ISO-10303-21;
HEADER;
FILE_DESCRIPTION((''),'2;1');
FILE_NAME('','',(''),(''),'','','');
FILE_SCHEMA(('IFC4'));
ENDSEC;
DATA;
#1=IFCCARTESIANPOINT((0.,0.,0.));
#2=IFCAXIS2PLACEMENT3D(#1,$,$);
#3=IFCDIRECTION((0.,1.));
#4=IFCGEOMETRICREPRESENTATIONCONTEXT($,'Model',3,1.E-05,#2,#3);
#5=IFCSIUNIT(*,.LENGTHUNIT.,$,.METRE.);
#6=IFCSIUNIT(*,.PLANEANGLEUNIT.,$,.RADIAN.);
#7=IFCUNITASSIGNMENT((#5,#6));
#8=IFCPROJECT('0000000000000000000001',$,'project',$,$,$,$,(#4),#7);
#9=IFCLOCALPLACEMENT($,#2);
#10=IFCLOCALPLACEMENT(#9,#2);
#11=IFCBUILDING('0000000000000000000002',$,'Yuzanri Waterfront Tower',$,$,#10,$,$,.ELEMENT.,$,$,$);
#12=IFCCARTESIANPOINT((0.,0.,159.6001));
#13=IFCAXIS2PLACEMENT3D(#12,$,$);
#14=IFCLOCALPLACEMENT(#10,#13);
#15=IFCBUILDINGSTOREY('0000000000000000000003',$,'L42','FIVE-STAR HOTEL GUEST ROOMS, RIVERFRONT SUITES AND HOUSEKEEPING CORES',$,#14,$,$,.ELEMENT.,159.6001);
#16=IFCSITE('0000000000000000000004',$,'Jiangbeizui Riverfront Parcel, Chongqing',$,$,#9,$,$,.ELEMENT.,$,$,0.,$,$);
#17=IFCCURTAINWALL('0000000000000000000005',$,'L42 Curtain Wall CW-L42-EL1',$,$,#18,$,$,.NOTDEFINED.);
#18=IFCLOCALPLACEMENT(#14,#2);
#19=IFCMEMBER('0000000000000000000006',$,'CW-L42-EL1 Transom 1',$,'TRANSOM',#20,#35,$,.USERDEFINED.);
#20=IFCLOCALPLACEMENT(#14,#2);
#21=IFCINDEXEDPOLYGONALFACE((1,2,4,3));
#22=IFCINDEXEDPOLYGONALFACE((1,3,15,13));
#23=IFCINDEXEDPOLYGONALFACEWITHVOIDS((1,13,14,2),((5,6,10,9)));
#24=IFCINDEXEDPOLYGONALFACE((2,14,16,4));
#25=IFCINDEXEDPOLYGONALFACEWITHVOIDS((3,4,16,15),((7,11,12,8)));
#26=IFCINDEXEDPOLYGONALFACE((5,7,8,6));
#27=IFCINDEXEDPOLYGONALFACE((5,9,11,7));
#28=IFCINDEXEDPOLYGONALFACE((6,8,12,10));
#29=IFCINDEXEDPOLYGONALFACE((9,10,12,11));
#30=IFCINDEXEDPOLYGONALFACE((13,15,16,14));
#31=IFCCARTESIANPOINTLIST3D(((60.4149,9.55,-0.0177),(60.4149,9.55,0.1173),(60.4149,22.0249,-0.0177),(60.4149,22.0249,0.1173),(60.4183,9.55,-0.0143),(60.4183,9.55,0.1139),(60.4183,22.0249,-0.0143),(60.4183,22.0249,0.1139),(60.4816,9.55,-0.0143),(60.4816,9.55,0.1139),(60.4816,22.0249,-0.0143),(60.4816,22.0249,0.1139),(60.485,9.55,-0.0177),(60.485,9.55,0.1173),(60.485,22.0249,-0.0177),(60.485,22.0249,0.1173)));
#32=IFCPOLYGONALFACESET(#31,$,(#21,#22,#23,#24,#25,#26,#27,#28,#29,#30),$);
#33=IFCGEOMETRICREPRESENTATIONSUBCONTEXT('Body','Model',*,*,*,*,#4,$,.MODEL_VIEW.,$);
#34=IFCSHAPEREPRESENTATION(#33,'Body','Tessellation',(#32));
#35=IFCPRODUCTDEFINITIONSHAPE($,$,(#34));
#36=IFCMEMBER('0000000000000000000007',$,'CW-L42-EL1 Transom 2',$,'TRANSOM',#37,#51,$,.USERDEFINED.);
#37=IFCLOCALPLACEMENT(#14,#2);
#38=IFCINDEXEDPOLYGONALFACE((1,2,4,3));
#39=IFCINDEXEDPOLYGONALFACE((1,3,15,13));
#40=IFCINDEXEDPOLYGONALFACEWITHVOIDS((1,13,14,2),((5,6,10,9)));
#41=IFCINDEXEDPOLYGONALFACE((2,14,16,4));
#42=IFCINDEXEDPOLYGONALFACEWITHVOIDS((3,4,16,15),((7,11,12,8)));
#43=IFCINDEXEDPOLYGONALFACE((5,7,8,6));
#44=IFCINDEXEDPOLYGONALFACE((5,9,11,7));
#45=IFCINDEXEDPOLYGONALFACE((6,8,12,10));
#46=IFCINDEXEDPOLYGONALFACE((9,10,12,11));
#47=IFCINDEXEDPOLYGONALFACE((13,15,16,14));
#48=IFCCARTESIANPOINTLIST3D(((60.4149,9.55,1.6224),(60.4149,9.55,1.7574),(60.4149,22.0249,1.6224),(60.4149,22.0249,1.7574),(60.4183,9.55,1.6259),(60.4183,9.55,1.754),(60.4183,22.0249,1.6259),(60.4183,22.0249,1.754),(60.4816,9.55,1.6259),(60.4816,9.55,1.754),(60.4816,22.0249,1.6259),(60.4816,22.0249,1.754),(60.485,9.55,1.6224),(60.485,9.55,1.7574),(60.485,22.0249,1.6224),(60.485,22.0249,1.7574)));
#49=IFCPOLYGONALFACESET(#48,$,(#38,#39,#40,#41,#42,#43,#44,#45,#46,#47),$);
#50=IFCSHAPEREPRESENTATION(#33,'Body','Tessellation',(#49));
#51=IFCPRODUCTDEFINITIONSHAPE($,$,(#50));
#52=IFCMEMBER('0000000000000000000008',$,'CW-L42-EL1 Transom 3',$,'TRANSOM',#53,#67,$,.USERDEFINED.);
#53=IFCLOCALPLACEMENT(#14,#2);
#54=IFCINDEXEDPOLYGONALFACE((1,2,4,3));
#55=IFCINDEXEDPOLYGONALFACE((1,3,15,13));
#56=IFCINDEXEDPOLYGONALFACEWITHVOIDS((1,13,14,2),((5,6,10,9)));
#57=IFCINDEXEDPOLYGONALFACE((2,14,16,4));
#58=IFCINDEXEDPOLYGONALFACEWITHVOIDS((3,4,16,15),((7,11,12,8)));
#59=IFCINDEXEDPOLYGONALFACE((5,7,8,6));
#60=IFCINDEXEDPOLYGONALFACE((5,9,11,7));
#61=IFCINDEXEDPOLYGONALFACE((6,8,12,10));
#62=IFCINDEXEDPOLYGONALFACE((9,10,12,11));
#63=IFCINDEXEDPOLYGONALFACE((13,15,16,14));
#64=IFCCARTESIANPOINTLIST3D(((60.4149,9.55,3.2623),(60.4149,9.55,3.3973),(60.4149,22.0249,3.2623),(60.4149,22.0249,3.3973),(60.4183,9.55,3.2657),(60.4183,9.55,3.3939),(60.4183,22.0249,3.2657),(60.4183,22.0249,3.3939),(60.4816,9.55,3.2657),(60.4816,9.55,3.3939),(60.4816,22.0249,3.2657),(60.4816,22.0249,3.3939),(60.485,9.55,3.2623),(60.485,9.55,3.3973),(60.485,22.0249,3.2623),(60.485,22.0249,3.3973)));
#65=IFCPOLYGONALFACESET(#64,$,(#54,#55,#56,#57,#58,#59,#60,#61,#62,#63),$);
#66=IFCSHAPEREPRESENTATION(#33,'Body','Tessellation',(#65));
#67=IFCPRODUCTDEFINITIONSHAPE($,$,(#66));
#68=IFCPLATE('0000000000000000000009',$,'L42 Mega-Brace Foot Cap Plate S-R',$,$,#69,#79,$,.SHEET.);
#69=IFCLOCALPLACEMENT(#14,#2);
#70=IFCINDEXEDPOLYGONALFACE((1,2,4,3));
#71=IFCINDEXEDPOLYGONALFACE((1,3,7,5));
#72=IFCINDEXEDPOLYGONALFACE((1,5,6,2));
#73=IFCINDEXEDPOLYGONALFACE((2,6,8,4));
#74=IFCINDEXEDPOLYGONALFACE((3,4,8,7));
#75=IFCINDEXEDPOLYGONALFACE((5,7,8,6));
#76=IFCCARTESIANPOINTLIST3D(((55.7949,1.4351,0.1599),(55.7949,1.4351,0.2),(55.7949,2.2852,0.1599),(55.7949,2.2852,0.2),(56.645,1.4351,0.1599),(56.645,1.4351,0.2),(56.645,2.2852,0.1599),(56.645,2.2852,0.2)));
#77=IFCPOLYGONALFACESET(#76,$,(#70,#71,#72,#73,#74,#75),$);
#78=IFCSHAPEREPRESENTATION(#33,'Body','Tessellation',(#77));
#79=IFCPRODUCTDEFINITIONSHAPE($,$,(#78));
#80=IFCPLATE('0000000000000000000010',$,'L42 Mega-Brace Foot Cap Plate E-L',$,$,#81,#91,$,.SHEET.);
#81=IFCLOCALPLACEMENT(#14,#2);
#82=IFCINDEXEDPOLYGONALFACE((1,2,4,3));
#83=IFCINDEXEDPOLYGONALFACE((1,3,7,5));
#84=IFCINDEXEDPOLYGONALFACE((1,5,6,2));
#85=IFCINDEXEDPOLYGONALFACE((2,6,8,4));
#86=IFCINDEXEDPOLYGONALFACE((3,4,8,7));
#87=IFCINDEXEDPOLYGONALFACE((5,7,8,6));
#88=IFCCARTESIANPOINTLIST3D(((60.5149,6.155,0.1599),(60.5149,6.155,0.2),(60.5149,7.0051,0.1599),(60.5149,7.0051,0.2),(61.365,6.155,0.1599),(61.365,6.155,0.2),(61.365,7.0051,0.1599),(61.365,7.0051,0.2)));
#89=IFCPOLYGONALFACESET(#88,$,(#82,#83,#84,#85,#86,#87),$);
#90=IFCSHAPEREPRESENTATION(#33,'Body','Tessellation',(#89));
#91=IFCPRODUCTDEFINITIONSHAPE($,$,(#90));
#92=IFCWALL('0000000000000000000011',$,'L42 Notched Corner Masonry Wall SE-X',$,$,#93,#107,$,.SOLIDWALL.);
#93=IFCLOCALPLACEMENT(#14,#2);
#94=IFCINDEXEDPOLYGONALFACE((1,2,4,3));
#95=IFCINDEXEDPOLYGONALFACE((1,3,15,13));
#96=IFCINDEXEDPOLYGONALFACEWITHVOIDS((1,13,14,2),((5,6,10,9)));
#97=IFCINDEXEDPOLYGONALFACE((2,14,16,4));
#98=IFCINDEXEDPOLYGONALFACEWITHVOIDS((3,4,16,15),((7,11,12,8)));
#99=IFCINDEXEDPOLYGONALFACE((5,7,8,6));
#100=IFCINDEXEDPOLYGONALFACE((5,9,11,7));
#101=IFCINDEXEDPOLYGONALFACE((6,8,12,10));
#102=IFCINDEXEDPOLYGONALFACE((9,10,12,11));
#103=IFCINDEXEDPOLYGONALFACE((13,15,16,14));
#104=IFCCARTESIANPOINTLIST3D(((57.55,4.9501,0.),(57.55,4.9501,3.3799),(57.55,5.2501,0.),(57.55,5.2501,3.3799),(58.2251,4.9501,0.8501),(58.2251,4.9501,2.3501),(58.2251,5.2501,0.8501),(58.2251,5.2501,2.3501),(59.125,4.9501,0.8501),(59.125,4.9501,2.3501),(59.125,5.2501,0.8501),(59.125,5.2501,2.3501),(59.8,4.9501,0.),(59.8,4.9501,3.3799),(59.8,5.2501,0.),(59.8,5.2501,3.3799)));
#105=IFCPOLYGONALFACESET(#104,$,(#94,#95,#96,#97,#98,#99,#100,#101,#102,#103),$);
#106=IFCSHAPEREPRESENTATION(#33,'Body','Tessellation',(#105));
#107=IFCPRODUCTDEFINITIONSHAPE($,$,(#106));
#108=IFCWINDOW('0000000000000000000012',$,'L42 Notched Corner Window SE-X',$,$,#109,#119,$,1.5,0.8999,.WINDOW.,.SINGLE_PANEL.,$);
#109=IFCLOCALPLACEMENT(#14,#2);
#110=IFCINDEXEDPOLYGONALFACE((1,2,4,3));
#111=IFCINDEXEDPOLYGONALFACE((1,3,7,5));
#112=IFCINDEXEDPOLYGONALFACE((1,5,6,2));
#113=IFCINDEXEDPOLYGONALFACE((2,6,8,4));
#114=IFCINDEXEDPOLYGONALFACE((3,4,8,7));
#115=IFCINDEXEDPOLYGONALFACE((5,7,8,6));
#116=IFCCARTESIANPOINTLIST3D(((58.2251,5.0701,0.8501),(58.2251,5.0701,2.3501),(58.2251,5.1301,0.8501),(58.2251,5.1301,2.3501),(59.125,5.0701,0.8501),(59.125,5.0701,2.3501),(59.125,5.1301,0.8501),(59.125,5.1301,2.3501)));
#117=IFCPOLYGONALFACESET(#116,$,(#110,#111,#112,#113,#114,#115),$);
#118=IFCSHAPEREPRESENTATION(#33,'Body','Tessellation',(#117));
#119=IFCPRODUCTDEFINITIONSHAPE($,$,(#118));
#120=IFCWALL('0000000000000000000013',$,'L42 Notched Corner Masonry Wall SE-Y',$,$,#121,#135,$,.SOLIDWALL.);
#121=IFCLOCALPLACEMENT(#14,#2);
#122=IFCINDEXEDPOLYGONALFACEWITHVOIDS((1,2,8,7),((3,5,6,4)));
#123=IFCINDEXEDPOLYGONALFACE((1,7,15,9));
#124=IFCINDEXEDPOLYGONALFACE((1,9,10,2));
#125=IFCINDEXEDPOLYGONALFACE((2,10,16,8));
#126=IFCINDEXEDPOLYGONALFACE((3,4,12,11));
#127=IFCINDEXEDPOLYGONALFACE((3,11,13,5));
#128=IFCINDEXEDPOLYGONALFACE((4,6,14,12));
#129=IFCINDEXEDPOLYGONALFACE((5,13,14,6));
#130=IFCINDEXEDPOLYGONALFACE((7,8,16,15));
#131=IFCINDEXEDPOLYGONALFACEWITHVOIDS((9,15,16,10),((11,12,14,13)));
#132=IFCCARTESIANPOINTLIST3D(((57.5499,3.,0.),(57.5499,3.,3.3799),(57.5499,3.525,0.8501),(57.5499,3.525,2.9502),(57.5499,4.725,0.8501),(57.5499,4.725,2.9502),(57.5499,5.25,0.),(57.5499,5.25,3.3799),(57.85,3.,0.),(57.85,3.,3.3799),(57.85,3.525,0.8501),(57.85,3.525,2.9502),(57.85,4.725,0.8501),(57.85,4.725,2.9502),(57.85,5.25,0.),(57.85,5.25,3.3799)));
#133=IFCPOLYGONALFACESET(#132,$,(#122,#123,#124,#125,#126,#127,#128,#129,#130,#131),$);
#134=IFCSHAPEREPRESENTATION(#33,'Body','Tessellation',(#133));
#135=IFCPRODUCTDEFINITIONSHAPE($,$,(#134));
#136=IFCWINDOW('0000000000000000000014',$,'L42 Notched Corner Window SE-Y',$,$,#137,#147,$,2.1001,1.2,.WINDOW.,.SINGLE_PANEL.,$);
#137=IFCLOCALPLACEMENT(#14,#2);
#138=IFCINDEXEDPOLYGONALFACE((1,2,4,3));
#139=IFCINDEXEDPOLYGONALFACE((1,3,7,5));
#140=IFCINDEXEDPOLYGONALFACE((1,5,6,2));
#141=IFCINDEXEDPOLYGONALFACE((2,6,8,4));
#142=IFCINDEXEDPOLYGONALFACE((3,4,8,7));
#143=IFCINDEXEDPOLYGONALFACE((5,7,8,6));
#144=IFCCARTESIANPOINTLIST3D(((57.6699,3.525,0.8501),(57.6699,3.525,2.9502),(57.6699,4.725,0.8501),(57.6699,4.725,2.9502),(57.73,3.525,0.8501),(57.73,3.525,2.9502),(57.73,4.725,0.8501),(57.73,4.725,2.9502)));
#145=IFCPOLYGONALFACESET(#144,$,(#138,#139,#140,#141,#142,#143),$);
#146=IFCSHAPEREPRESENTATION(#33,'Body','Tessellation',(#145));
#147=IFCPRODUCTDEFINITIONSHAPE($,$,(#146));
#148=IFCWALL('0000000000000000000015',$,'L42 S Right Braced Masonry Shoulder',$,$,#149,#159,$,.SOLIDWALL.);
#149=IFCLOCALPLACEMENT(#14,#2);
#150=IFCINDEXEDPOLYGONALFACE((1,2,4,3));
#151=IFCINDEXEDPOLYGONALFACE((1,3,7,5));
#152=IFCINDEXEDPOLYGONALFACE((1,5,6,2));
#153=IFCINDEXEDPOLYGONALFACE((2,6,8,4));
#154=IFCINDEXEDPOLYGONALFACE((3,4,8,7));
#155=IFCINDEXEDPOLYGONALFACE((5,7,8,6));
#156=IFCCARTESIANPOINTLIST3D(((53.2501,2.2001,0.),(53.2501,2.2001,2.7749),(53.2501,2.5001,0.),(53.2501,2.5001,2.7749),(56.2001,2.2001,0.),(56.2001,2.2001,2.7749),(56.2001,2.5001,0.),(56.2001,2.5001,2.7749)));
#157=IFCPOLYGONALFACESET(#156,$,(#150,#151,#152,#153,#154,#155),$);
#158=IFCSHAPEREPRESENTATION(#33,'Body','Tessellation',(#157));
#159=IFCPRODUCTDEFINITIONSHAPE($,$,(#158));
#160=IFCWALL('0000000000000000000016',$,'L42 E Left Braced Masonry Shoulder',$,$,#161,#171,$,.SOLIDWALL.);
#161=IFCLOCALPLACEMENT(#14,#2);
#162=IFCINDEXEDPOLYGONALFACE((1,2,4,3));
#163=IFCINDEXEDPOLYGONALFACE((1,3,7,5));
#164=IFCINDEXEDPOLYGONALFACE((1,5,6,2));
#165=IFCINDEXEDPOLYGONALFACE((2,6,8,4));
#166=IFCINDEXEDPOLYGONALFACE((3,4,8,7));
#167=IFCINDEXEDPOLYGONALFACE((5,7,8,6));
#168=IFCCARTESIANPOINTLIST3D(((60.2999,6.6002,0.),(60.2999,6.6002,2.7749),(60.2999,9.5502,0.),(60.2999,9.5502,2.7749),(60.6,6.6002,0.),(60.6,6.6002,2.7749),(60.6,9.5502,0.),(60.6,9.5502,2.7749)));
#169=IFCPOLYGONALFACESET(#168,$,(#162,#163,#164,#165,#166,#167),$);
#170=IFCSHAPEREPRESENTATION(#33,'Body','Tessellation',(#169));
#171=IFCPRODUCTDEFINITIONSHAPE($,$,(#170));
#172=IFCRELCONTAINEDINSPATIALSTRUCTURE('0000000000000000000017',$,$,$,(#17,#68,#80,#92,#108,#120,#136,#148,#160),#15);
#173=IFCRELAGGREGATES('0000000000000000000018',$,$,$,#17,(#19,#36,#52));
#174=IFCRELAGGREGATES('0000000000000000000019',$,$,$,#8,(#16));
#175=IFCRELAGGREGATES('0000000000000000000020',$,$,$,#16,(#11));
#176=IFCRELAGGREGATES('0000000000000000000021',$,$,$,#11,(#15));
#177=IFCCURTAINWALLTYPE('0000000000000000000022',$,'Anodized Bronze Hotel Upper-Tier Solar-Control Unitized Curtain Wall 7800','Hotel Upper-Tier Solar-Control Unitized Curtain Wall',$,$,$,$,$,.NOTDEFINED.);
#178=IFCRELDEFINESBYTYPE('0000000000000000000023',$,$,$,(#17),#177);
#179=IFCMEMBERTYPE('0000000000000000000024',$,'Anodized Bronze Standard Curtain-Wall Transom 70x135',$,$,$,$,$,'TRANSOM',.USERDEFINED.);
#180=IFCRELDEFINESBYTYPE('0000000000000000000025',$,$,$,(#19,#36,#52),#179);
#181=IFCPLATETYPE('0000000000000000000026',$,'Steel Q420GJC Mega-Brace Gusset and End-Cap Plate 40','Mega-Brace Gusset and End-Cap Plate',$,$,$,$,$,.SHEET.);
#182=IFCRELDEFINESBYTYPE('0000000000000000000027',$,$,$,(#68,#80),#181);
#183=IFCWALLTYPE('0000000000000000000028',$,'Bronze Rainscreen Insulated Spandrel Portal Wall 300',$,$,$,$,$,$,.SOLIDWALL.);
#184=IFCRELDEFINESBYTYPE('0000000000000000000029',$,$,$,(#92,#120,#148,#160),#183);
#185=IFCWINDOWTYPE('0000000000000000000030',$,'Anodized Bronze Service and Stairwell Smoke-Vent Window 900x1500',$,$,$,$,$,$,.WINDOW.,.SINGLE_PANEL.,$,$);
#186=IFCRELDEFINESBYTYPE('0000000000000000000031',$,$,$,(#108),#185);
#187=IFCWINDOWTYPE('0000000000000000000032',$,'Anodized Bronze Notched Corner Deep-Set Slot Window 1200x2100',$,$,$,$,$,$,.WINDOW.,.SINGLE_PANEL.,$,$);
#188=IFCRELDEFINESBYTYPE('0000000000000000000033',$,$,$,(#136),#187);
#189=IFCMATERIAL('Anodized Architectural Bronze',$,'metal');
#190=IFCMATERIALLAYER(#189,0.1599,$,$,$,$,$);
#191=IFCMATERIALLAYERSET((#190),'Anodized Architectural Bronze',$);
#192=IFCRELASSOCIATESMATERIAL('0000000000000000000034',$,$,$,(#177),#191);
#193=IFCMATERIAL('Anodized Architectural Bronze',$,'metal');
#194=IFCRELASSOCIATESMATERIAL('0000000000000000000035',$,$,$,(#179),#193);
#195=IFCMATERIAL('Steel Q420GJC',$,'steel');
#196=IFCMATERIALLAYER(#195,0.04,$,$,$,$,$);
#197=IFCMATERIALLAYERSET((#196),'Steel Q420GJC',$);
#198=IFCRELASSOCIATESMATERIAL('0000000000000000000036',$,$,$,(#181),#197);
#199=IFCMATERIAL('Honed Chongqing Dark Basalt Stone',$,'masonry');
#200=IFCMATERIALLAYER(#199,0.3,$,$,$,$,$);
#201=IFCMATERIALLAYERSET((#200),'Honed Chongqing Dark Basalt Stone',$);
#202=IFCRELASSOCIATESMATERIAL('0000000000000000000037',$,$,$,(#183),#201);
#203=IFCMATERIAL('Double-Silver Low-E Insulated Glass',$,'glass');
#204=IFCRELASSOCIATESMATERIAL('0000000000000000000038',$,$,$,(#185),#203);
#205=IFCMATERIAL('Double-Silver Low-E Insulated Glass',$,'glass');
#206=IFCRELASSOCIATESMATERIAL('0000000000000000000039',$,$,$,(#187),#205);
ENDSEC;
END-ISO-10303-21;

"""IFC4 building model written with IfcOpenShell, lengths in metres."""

from ifc_helpers import new_model, si_unit, direction, frame, frame_2d, origin, origin_2d, place, context, subcontext, project, spatial, rectangle, hollow_rectangle, extrude, source, transform, mapped, material, layer, layer_set, material_profile, profile_set, type_object, element, fill, aggregate, save


model = new_model("IFC4")

# Units and contexts
model_context = context("Model", 3, precision=1e-05, world=origin(), true_north=direction((0.0, 1.0)))
body_context = subcontext(model_context, "Body", "Model", "MODEL_VIEW")
ifc_project = project(units=[si_unit("LENGTHUNIT", "METRE"), si_unit("PLANEANGLEUNIT", "RADIAN")], contexts=[model_context])

# Site, building, storey
site_placement = place(None, origin())
site = spatial("IfcSite", under=ifc_project, at=site_placement, Name="Jiangbeizui Riverfront Parcel, Chongqing", CompositionType="ELEMENT", RefElevation=0.0)
building_placement = place(site_placement, origin())
building = spatial("IfcBuilding", under=site, at=building_placement, Name="Yuzanri Waterfront Tower", CompositionType="ELEMENT")
storey_placement = place(building_placement, frame((0.0, 0.0, 159.6001)))
storey = spatial("IfcBuildingStorey", under=building, at=storey_placement, Name="L42", Description="FIVE-STAR HOTEL GUEST ROOMS, RIVERFRONT SUITES AND HOUSEKEEPING CORES", CompositionType="ELEMENT", Elevation=159.6001)

# Curtain wall, members
ifc_material_1 = material(Name="Anodized Architectural Bronze", Category="metal")
ifc_layer_1 = layer(ifc_material_1, 0.1599)
ifc_layer_set_1 = layer_set([ifc_layer_1], Name="Anodized Architectural Bronze")
curtain_wall_type = type_object("IfcCurtainWallType", Name="Anodized Bronze Hotel Upper-Tier Solar-Control Unitized Curtain Wall 7800", Description="Hotel Upper-Tier Solar-Control Unitized Curtain Wall", PredefinedType="NOTDEFINED", material=ifc_layer_set_1)
curtain_wall_1_placement = place(storey_placement, origin())
curtain_wall_1 = element("IfcCurtainWall", 1, at=curtain_wall_1_placement, inside=storey, type_object=curtain_wall_type, Name="L42 Curtain Wall CW-L42-EL1", PredefinedType="NOTDEFINED")
ifc_material_2 = material(Name="Anodized Architectural Bronze", Category="metal")
ifc_material_profile_1 = material_profile(ifc_material_2, hollow_rectangle(XDim=0.0701, YDim=0.135, WallThickness=0.0034, at=origin_2d()), Name="CWT 70x135")
ifc_profile_set_1 = profile_set([ifc_material_profile_1], Name="Anodized Architectural Bronze")
member_type_1 = type_object("IfcMemberType", Name="Anodized Bronze Standard Curtain-Wall Transom 70x135", ElementType="TRANSOM", PredefinedType="USERDEFINED", material=ifc_profile_set_1)
shared_shape_1 = source(origin(), body_context, "Body", "SweptSolid", [
    extrude(hollow_rectangle(XDim=0.0701, YDim=0.135, WallThickness=0.0034, at=origin_2d()), origin(), (0.0, 0.0, 1.0), 12.4749),
])
member_1_placement = place(storey_placement, frame((60.45, 9.55, 0.0498), z_axis=(0.0, 1.0, 0.0), x_axis=(-1.0, 0.0, 0.0)))
member_1 = element("IfcMember", 2, at=member_1_placement, type_object=member_type_1, Name="CW-L42-EL1 Transom 1", ObjectType="TRANSOM", PredefinedType="USERDEFINED", context=body_context, shape_type="MappedRepresentation", body=[
    mapped(shared_shape_1, transform((0.0, 0.0, 0.0), scale=1.0)),
])
member_2_placement = place(storey_placement, frame((60.45, 9.55, 1.6899), z_axis=(0.0, 1.0, 0.0), x_axis=(-1.0, 0.0, 0.0)))
member_2 = element("IfcMember", 3, at=member_2_placement, type_object=member_type_1, Name="CW-L42-EL1 Transom 2", ObjectType="TRANSOM", PredefinedType="USERDEFINED", context=body_context, shape_type="MappedRepresentation", body=[
    mapped(shared_shape_1, transform((0.0, 0.0, 0.0), scale=1.0)),
])
member_3_placement = place(storey_placement, frame((60.45, 9.55, 3.3298), z_axis=(0.0, 1.0, 0.0), x_axis=(-1.0, 0.0, 0.0)))
member_3 = element("IfcMember", 4, at=member_3_placement, type_object=member_type_1, Name="CW-L42-EL1 Transom 3", ObjectType="TRANSOM", PredefinedType="USERDEFINED", context=body_context, shape_type="MappedRepresentation", body=[
    mapped(shared_shape_1, transform((0.0, 0.0, 0.0), scale=1.0)),
])
aggregate(curtain_wall_1, [member_1, member_2, member_3])

# Plates
ifc_material_3 = material(Name="Steel Q420GJC", Category="steel")
ifc_layer_2 = layer(ifc_material_3, 0.04)
ifc_layer_set_2 = layer_set([ifc_layer_2], Name="Steel Q420GJC")
plate_type = type_object("IfcPlateType", Name="Steel Q420GJC Mega-Brace Gusset and End-Cap Plate 40", Description="Mega-Brace Gusset and End-Cap Plate", PredefinedType="SHEET", material=ifc_layer_set_2)
shared_shape_2 = source(origin(), body_context, "Body", "SweptSolid", [
    extrude(rectangle(XDim=0.8501, YDim=0.8501, at=origin_2d()), origin(), (0.0, 0.0, 1.0), 0.04),
])
for number, where, z_axis, x_axis, name in (
    (5, (56.22, 1.8601, 0.1599), (0.0, 0.0, 1.0), (1.0, 0.0, 0.0), "L42 Mega-Brace Foot Cap Plate S-R"),
    (6, (60.9399, 6.5801, 0.1599), (0.0, 0.0, 1.0), (1.0, 0.0, 0.0), "L42 Mega-Brace Foot Cap Plate E-L"),
):
    element("IfcPlate", number, at=place(storey_placement, frame(where, z_axis=z_axis, x_axis=x_axis)), inside=storey, type_object=plate_type, Name=name, PredefinedType="SHEET", context=body_context, shape_type="MappedRepresentation", body=[
        mapped(shared_shape_2, transform((0.0, 0.0, 0.0), scale=1.0)),
    ])

# Walls, openings, windows
ifc_material_4 = material(Name="Honed Chongqing Dark Basalt Stone", Category="masonry")
ifc_layer_3 = layer(ifc_material_4, 0.3)
ifc_layer_set_3 = layer_set([ifc_layer_3], Name="Honed Chongqing Dark Basalt Stone")
wall_type_1 = type_object("IfcWallType", Name="Bronze Rainscreen Insulated Spandrel Portal Wall 300", PredefinedType="SOLIDWALL", material=ifc_layer_set_3)
wall_1_placement = place(storey_placement, frame((57.55, 5.1001, 0.0), z_axis=(0.0, 0.0, 1.0), x_axis=(1.0, 0.0, 0.0)))
wall_1 = element("IfcWall", 7, at=wall_1_placement, inside=storey, type_object=wall_type_1, Name="L42 Notched Corner Masonry Wall SE-X", PredefinedType="SOLIDWALL", context=body_context, shape_type="SweptSolid", body=[
    extrude(rectangle(XDim=2.25, YDim=0.3, at=frame_2d((1.125, 0.0))), origin(), (0.0, 0.0, 1.0), 3.3799),
])
opening_1_placement = place(wall_1_placement, frame((0.675, 0.0, 0.8501)))
opening_1 = element("IfcOpeningElement", 8, at=opening_1_placement, cuts=wall_1, PredefinedType="OPENING", context=body_context, shape_type="SweptSolid", body=[
    extrude(rectangle(XDim=0.8999, YDim=1.5, at=frame_2d((0.45, 0.75))), frame((0.0, 0.165, 0.0), z_axis=(0.0, -1.0, 0.0), x_axis=(1.0, 0.0, 0.0)), (0.0, 0.0, 1.0), 0.3298),
])
ifc_material_5 = material(Name="Double-Silver Low-E Insulated Glass", Category="glass")
window_type_1 = type_object("IfcWindowType", Name="Anodized Bronze Service and Stairwell Smoke-Vent Window 900x1500", PartitioningType="SINGLE_PANEL", PredefinedType="WINDOW", material=ifc_material_5)
shared_shape_3 = source(origin(), body_context, "Body", "SweptSolid", [
    extrude(rectangle(XDim=0.8999, YDim=1.5, at=frame_2d((0.45, 0.75))), frame((0.0, 0.03, 0.0), z_axis=(0.0, -1.0, 0.0), x_axis=(1.0, 0.0, 0.0)), (0.0, 0.0, 1.0), 0.0601),
])
window_1_placement = place(opening_1_placement, origin())
window_1 = element("IfcWindow", 9, at=window_1_placement, inside=storey, type_object=window_type_1, Name="L42 Notched Corner Window SE-X", OverallHeight=1.5, OverallWidth=0.8999, PartitioningType="SINGLE_PANEL", PredefinedType="WINDOW", context=body_context, shape_type="MappedRepresentation", body=[
    mapped(shared_shape_3, transform((0.0, 0.0, 0.0), scale=1.0)),
])
fill(opening_1, window_1)
wall_2_placement = place(storey_placement, frame((57.7, 3.0, 0.0), z_axis=(0.0, 0.0, 1.0), x_axis=(0.0, 1.0, 0.0)))
wall_2 = element("IfcWall", 10, at=wall_2_placement, inside=storey, type_object=wall_type_1, Name="L42 Notched Corner Masonry Wall SE-Y", PredefinedType="SOLIDWALL", context=body_context, shape_type="SweptSolid", body=[
    extrude(rectangle(XDim=2.25, YDim=0.3, at=frame_2d((1.125, 0.0))), origin(), (0.0, 0.0, 1.0), 3.3799),
])
opening_2_placement = place(wall_2_placement, frame((0.5249, 0.0, 0.8501)))
opening_2 = element("IfcOpeningElement", 11, at=opening_2_placement, cuts=wall_2, PredefinedType="OPENING", context=body_context, shape_type="SweptSolid", body=[
    extrude(rectangle(XDim=1.2, YDim=2.1001, at=frame_2d((0.6001, 1.05))), frame((0.0, 0.165, 0.0), z_axis=(0.0, -1.0, 0.0), x_axis=(1.0, 0.0, 0.0)), (0.0, 0.0, 1.0), 0.3298),
])
ifc_material_6 = material(Name="Double-Silver Low-E Insulated Glass", Category="glass")
window_type_2 = type_object("IfcWindowType", Name="Anodized Bronze Notched Corner Deep-Set Slot Window 1200x2100", PartitioningType="SINGLE_PANEL", PredefinedType="WINDOW", material=ifc_material_6)
shared_shape_4 = source(origin(), body_context, "Body", "SweptSolid", [
    extrude(rectangle(XDim=1.2, YDim=2.1001, at=frame_2d((0.6001, 1.05))), frame((0.0, 0.03, 0.0), z_axis=(0.0, -1.0, 0.0), x_axis=(1.0, 0.0, 0.0)), (0.0, 0.0, 1.0), 0.0601),
])
window_2_placement = place(opening_2_placement, origin())
window_2 = element("IfcWindow", 12, at=window_2_placement, inside=storey, type_object=window_type_2, Name="L42 Notched Corner Window SE-Y", OverallHeight=2.1001, OverallWidth=1.2, PartitioningType="SINGLE_PANEL", PredefinedType="WINDOW", context=body_context, shape_type="MappedRepresentation", body=[
    mapped(shared_shape_4, transform((0.0, 0.0, 0.0), scale=1.0)),
])
fill(opening_2, window_2)

# Walls
shared_shape_5 = source(origin(), body_context, "Body", "SweptSolid", [
    extrude(rectangle(XDim=2.95, YDim=0.3, at=frame_2d((1.4751, 0.0))), origin(), (0.0, 0.0, 1.0), 2.7749),
])
for number, where, z_axis, x_axis, name in (
    (13, (53.25, 2.3501, 0.0), (0.0, 0.0, 1.0), (1.0, 0.0, 0.0), "L42 S Right Braced Masonry Shoulder"),
    (14, (60.45, 6.6001, 0.0), (0.0, 0.0, 1.0), (0.0, 1.0, 0.0), "L42 E Left Braced Masonry Shoulder"),
):
    element("IfcWall", number, at=place(storey_placement, frame(where, z_axis=z_axis, x_axis=x_axis)), inside=storey, type_object=wall_type_1, Name=name, PredefinedType="SOLIDWALL", context=body_context, shape_type="MappedRepresentation", body=[
        mapped(shared_shape_5, transform((0.0, 0.0, 0.0), scale=1.0)),
    ])

save(model, "model.ifc")
